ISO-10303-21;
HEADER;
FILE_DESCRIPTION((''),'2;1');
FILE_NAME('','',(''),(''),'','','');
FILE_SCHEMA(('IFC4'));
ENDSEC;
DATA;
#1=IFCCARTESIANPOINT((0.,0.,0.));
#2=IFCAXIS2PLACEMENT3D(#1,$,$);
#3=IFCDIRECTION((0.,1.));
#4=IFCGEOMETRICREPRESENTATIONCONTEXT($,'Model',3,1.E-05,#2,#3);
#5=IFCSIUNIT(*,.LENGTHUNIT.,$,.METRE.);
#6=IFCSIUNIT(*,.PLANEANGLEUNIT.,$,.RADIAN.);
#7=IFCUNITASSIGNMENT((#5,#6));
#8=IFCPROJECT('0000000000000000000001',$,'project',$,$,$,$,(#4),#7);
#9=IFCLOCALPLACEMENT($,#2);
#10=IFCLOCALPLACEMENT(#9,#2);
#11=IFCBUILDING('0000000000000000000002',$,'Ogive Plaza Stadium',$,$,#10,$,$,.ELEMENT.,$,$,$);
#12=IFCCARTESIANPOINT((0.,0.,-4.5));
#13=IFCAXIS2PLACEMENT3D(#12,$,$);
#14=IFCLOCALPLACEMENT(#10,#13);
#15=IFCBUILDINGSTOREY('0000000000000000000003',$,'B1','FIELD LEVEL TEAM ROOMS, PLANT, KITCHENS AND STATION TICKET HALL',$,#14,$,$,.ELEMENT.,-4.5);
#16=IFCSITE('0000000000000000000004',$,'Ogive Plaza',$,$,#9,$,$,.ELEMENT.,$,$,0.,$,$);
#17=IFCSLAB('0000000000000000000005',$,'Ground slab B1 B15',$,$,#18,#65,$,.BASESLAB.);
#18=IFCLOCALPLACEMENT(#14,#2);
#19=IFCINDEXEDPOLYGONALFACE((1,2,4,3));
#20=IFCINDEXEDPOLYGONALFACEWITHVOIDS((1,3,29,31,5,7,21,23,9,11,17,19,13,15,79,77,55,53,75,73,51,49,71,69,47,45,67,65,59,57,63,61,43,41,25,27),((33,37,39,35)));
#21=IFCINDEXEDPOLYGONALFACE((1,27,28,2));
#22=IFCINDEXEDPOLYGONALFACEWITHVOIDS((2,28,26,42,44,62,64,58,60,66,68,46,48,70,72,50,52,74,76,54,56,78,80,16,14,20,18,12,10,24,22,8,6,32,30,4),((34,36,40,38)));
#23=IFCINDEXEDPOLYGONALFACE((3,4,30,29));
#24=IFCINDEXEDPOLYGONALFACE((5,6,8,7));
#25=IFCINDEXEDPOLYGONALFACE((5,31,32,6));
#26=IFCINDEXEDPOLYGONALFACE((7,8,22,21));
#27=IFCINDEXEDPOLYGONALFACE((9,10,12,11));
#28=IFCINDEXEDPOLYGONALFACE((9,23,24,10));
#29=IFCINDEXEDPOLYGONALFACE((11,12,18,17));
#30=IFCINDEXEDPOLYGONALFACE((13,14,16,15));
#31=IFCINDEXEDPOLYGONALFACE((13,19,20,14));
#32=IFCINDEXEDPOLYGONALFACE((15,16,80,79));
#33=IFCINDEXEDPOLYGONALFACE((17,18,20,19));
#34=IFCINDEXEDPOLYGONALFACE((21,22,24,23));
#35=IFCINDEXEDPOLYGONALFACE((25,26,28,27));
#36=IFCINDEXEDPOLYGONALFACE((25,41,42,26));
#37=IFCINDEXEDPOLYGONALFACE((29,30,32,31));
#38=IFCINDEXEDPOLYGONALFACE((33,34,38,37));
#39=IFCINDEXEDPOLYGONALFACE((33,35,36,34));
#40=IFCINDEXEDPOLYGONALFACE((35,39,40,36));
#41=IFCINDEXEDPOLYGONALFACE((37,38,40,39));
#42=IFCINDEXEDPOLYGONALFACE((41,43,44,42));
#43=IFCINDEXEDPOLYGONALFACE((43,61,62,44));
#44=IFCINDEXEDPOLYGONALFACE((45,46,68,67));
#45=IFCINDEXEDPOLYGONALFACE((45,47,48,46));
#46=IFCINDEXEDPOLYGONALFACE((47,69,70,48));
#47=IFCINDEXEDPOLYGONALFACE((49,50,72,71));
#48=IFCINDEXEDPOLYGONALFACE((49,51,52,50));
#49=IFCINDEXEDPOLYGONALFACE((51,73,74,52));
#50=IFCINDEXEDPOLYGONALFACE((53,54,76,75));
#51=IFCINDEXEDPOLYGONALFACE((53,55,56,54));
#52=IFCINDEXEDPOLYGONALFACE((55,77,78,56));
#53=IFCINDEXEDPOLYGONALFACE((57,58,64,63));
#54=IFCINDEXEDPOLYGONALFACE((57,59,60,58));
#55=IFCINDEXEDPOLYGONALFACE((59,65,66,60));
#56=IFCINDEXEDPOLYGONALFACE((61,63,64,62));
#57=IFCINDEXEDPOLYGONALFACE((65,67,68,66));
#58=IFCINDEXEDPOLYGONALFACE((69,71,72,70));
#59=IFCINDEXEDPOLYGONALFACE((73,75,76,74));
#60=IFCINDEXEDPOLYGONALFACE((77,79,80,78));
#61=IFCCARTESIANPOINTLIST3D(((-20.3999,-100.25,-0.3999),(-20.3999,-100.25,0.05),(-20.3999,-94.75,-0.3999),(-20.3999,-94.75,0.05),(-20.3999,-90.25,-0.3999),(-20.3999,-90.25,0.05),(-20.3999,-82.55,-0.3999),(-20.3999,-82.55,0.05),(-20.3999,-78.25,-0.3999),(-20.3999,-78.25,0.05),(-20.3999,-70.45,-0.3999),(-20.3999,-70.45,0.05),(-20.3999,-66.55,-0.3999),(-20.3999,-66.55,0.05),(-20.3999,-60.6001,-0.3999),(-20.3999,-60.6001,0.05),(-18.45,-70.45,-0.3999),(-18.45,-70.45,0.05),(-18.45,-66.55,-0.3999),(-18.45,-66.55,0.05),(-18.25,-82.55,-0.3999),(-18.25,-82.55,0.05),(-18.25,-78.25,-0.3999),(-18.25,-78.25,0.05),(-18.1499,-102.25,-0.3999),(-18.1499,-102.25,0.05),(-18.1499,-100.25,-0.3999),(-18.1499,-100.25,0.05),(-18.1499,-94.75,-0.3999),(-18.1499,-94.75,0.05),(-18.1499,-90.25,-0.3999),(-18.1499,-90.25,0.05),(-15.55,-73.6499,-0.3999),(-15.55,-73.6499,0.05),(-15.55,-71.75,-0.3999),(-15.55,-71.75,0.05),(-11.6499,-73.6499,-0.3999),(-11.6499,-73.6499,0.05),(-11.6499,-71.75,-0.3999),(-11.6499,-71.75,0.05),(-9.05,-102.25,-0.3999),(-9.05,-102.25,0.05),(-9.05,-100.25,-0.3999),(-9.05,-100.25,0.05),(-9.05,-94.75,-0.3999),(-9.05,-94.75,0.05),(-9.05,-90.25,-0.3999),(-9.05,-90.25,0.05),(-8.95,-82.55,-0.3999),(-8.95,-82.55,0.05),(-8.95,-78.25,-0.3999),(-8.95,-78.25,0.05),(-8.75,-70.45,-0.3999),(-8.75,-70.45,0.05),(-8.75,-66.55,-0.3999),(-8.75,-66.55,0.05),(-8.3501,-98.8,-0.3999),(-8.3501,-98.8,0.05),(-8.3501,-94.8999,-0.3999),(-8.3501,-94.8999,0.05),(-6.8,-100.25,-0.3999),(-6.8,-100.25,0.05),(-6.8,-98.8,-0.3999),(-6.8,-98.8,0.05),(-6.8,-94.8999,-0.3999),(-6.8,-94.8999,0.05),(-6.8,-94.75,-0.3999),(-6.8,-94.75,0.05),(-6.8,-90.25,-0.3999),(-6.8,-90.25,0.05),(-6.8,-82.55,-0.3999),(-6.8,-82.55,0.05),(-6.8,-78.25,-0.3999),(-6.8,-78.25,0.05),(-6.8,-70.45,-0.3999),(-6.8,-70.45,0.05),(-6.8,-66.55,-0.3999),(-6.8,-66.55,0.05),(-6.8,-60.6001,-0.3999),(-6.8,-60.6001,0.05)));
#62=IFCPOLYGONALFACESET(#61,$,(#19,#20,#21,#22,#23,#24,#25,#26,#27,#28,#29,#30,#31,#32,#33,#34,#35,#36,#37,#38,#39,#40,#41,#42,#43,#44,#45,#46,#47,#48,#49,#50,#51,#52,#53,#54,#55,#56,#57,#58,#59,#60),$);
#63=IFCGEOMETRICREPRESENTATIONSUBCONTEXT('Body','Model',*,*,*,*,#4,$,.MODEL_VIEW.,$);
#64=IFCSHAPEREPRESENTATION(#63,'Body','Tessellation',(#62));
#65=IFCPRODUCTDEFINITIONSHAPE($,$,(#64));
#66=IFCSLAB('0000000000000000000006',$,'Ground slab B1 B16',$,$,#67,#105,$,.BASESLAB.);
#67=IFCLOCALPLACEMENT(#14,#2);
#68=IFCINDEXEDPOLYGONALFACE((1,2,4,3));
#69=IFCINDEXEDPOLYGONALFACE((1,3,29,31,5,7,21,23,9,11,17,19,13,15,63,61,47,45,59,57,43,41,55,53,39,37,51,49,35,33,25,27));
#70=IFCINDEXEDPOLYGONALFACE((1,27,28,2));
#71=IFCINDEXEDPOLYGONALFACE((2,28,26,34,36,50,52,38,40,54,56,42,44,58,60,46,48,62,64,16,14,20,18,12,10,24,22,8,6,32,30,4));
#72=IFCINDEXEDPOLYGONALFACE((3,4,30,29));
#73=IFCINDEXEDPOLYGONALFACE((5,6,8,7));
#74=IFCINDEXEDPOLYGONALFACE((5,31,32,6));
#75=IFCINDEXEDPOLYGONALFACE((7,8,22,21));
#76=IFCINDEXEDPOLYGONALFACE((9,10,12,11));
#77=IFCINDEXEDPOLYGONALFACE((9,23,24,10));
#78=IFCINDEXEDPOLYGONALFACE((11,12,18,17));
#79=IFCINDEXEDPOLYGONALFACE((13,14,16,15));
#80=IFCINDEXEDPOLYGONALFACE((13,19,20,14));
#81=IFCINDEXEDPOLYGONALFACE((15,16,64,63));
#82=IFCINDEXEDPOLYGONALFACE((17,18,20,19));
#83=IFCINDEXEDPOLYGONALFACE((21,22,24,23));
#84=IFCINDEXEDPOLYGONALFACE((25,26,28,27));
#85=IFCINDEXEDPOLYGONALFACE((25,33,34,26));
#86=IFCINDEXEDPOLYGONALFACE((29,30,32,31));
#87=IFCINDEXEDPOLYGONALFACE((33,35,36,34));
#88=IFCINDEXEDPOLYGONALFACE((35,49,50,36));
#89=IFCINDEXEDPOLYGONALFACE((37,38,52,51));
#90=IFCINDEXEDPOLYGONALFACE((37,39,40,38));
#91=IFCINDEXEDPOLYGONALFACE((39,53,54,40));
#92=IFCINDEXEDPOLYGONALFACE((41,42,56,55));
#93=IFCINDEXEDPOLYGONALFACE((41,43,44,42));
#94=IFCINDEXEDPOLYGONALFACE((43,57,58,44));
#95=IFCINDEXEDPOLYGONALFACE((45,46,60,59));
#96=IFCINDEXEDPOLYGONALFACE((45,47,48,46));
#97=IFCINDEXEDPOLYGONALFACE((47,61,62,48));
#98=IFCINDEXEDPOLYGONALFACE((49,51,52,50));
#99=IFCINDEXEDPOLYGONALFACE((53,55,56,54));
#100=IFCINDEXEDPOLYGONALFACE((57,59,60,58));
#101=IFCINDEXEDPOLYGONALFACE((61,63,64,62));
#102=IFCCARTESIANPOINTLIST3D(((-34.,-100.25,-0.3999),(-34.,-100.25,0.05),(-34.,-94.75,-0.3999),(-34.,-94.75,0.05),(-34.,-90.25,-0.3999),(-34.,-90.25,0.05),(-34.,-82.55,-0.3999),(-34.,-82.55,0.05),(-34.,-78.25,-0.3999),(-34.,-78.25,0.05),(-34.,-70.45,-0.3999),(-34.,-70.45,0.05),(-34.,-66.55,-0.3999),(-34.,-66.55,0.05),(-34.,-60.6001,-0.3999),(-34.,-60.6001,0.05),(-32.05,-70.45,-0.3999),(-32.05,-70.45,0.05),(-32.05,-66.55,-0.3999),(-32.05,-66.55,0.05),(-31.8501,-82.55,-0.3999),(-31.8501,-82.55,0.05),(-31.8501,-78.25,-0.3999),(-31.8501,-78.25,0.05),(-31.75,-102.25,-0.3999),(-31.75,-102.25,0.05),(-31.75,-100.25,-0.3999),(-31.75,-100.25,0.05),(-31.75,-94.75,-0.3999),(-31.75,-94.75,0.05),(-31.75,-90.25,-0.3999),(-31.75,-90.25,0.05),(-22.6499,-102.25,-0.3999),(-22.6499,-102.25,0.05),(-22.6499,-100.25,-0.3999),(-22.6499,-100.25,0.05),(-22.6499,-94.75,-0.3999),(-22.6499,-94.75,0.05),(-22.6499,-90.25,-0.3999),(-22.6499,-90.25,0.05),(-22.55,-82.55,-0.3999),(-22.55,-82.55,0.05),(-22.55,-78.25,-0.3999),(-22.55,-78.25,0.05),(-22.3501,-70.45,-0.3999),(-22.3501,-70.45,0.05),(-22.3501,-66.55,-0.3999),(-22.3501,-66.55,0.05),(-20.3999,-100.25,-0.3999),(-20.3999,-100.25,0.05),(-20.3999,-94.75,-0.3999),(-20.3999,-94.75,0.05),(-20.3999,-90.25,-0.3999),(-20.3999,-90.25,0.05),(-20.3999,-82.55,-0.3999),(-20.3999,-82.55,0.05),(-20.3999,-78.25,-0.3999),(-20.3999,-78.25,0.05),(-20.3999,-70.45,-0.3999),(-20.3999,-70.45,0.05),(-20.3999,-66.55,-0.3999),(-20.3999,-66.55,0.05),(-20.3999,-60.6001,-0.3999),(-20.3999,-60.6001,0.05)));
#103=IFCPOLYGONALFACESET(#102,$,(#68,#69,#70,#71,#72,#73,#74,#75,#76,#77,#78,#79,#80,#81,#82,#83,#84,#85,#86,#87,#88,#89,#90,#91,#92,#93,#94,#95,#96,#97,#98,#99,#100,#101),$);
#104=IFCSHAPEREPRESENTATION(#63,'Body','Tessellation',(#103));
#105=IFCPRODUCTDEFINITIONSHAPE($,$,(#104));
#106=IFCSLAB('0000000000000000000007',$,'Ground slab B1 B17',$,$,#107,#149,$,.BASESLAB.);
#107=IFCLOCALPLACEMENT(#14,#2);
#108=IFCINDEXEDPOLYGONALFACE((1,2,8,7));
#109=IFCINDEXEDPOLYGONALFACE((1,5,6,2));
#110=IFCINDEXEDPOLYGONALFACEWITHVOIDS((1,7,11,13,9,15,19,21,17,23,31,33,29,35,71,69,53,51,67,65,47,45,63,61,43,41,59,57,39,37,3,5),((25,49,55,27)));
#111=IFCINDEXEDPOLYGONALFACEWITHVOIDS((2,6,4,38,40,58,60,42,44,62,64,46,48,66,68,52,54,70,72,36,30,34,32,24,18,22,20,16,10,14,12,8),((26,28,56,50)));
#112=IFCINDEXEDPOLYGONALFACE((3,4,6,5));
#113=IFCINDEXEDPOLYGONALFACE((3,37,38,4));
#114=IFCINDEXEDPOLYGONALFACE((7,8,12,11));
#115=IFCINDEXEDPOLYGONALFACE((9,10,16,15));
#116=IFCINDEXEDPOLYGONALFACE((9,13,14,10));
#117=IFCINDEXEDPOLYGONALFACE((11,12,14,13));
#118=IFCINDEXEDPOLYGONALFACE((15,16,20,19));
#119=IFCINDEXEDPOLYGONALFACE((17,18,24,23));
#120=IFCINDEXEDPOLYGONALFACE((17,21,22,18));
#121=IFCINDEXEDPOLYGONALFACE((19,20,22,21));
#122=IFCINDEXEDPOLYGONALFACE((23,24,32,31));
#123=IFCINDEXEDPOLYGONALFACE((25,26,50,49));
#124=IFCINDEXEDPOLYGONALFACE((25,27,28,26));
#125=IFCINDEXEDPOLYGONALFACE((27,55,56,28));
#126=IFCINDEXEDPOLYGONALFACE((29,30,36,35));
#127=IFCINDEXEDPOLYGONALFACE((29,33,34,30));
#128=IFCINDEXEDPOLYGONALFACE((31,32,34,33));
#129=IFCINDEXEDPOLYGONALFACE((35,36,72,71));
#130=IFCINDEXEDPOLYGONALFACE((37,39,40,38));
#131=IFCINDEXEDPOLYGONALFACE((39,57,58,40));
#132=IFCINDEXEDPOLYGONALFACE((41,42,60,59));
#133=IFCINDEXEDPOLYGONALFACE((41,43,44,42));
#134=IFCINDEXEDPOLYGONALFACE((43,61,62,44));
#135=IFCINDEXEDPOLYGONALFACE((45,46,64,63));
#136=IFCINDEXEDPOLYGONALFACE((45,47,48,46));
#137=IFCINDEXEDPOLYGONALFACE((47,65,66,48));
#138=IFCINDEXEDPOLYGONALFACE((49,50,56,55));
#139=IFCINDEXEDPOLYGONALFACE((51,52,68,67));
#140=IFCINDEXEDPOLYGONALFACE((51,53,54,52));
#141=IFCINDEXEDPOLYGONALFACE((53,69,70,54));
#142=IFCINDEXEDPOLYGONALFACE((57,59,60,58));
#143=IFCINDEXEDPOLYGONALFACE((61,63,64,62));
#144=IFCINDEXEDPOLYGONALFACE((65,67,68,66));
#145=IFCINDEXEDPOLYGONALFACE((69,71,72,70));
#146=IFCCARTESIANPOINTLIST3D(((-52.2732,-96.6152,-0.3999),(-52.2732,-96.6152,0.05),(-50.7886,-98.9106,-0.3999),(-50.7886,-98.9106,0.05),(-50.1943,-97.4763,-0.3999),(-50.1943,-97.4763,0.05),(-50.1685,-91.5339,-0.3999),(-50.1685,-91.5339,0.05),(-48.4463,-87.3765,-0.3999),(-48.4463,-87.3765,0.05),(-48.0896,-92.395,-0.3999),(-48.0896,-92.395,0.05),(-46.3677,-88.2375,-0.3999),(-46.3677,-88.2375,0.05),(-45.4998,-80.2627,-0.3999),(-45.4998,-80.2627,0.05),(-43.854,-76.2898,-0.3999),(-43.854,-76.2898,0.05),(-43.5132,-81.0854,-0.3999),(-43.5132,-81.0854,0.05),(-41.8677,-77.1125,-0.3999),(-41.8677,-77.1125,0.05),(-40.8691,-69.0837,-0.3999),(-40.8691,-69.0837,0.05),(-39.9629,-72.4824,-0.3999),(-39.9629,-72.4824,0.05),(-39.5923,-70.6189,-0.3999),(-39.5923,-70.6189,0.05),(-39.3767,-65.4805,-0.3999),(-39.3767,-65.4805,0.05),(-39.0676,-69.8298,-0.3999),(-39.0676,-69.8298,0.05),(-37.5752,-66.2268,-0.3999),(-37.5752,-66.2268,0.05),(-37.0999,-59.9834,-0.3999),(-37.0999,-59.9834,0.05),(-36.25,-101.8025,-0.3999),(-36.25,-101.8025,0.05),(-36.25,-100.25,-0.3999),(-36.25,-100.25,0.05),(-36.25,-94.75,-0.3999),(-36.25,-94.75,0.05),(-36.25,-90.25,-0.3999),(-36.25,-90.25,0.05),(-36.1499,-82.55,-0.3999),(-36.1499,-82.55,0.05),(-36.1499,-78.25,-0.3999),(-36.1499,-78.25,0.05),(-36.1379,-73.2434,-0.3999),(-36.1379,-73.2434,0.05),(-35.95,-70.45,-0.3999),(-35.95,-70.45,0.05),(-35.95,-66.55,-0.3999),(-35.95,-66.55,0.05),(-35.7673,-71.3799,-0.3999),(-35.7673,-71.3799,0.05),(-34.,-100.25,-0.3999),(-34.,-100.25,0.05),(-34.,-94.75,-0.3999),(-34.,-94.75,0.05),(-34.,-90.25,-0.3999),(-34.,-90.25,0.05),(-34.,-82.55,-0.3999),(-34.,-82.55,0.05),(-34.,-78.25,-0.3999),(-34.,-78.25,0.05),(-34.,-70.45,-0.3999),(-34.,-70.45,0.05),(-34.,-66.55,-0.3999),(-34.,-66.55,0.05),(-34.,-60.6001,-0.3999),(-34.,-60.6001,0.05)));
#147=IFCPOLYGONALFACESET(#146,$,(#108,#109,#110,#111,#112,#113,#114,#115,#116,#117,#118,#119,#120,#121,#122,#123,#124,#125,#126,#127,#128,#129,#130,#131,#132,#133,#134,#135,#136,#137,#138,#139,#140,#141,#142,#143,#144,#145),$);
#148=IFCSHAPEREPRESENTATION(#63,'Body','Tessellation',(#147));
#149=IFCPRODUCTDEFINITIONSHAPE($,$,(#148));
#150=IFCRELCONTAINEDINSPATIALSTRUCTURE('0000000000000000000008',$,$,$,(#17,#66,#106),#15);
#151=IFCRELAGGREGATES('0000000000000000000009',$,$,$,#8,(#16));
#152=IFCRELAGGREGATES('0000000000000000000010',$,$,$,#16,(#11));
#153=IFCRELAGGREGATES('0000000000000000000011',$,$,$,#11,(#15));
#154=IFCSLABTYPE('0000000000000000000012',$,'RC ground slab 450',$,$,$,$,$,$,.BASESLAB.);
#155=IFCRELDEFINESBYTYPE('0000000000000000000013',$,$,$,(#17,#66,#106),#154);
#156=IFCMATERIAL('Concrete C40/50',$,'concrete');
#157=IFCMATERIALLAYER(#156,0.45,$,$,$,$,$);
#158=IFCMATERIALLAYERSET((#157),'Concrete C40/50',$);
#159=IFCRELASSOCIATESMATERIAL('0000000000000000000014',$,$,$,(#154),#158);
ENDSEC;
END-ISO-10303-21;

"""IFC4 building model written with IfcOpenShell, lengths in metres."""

from ifc_helpers import new_model, si_unit, direction, frame, origin, place, context, subcontext, project, spatial, polyline, outline, extrude, material, layer, layer_set, type_object, element, save


model = new_model("IFC4")

# Units and contexts
model_context = context("Model", 3, precision=1e-05, world=origin(), true_north=direction((0.0, 1.0)))
body_context = subcontext(model_context, "Body", "Model", "MODEL_VIEW")
ifc_project = project(units=[si_unit("LENGTHUNIT", "METRE"), si_unit("PLANEANGLEUNIT", "RADIAN")], contexts=[model_context])

# Site, building, storey
site_placement = place(None, origin())
site = spatial("IfcSite", under=ifc_project, at=site_placement, Name="Ogive Plaza", CompositionType="ELEMENT", RefElevation=0.0)
building_placement = place(site_placement, origin())
building = spatial("IfcBuilding", under=site, at=building_placement, Name="Ogive Plaza Stadium", CompositionType="ELEMENT")
storey_placement = place(building_placement, frame((0.0, 0.0, -4.5)))
storey = spatial("IfcBuildingStorey", under=building, at=storey_placement, Name="B1", Description="FIELD LEVEL TEAM ROOMS, PLANT, KITCHENS AND STATION TICKET HALL", CompositionType="ELEMENT", Elevation=-4.5)

# Slabs
ifc_material_1 = material(Name="Concrete C40/50", Category="concrete")
ifc_layer_1 = layer(ifc_material_1, 0.45)
ifc_layer_set_1 = layer_set([ifc_layer_1], Name="Concrete C40/50")
slab_type = type_object("IfcSlabType", Name="RC ground slab 450", PredefinedType="BASESLAB", material=ifc_layer_set_1)
slab_1_placement = place(storey_placement, frame((0.0, 0.0, -0.3999)))
element("IfcSlab", 1, at=slab_1_placement, inside=storey, type_object=slab_type, Name="Ground slab B1 B15", PredefinedType="BASESLAB", context=body_context, shape_type="SweptSolid", body=[
    extrude(outline(polyline([(-20.3999, -66.55), (-18.45, -66.55), (-18.45, -70.45), (-20.3999, -70.45), (-20.3999, -78.25), (-18.25, -78.25), (-18.25, -82.55), (-20.3999, -82.55), (-20.3999, -90.25), (-18.1499, -90.25), (-18.1499, -94.75), (-20.3999, -94.75), (-20.3999, -100.25), (-18.1499, -100.25), (-18.1499, -102.25), (-9.05, -102.25), (-9.05, -100.25), (-6.8, -100.25), (-6.8, -98.8), (-8.3501, -98.8), (-8.3501, -94.8999), (-6.8, -94.8999), (-6.8, -94.75), (-9.05, -94.75), (-9.05, -90.25), (-6.8, -90.25), (-6.8, -82.55), (-8.95, -82.55), (-8.95, -78.25), (-6.8, -78.25), (-6.8, -70.45), (-8.75, -70.45), (-8.75, -66.55), (-6.8, -66.55), (-6.8, -60.6001), (-20.3999, -60.6001), (-20.3999, -66.55)]), holes=[polyline([(-11.6499, -73.6499), (-11.6499, -71.75), (-15.55, -71.75), (-15.55, -73.6499), (-11.6499, -73.6499)])]), origin(), (0.0, 0.0, 1.0), 0.45),
])
slab_2_placement = place(storey_placement, frame((0.0, 0.0, -0.3999)))
element("IfcSlab", 2, at=slab_2_placement, inside=storey, type_object=slab_type, Name="Ground slab B1 B16", PredefinedType="BASESLAB", context=body_context, shape_type="SweptSolid", body=[
    extrude(outline(polyline([(-34.0, -66.55), (-32.05, -66.55), (-32.05, -70.45), (-34.0, -70.45), (-34.0, -78.25), (-31.8501, -78.25), (-31.8501, -82.55), (-34.0, -82.55), (-34.0, -90.25), (-31.75, -90.25), (-31.75, -94.75), (-34.0, -94.75), (-34.0, -100.25), (-31.75, -100.25), (-31.75, -102.25), (-22.6499, -102.25), (-22.6499, -100.25), (-20.3999, -100.25), (-20.3999, -94.75), (-22.6499, -94.75), (-22.6499, -90.25), (-20.3999, -90.25), (-20.3999, -82.55), (-22.55, -82.55), (-22.55, -78.25), (-20.3999, -78.25), (-20.3999, -70.45), (-22.3501, -70.45), (-22.3501, -66.55), (-20.3999, -66.55), (-20.3999, -60.6001), (-34.0, -60.6001), (-34.0, -66.55)])), origin(), (0.0, 0.0, 1.0), 0.45),
])
slab_3_placement = place(storey_placement, frame((0.0, 0.0, -0.3999)))
element("IfcSlab", 3, at=slab_3_placement, inside=storey, type_object=slab_type, Name="Ground slab B1 B17", PredefinedType="BASESLAB", context=body_context, shape_type="SweptSolid", body=[
    extrude(outline(polyline([(-39.3767, -65.4805), (-37.5752, -66.2268), (-39.0676, -69.8298), (-40.8691, -69.0837), (-43.854, -76.2898), (-41.8677, -77.1125), (-43.5132, -81.0854), (-45.4998, -80.2627), (-48.4463, -87.3765), (-46.3677, -88.2375), (-48.0896, -92.395), (-50.1685, -91.5339), (-52.2732, -96.6152), (-50.1943, -97.4763), (-50.7886, -98.9106), (-36.25, -101.8025), (-36.25, -100.25), (-34.0, -100.25), (-34.0, -94.75), (-36.25, -94.75), (-36.25, -90.25), (-34.0, -90.25), (-34.0, -82.55), (-36.1499, -82.55), (-36.1499, -78.25), (-34.0, -78.25), (-34.0, -70.45), (-35.95, -70.45), (-35.95, -66.55), (-34.0, -66.55), (-34.0, -60.6001), (-37.0999, -59.9834), (-39.3767, -65.4805)]), holes=[polyline([(-36.1379, -73.2434), (-35.7673, -71.3799), (-39.5923, -70.6189), (-39.9629, -72.4824), (-36.1379, -73.2434)])]), origin(), (0.0, 0.0, 1.0), 0.45),
])

save(model, "model.ifc")
